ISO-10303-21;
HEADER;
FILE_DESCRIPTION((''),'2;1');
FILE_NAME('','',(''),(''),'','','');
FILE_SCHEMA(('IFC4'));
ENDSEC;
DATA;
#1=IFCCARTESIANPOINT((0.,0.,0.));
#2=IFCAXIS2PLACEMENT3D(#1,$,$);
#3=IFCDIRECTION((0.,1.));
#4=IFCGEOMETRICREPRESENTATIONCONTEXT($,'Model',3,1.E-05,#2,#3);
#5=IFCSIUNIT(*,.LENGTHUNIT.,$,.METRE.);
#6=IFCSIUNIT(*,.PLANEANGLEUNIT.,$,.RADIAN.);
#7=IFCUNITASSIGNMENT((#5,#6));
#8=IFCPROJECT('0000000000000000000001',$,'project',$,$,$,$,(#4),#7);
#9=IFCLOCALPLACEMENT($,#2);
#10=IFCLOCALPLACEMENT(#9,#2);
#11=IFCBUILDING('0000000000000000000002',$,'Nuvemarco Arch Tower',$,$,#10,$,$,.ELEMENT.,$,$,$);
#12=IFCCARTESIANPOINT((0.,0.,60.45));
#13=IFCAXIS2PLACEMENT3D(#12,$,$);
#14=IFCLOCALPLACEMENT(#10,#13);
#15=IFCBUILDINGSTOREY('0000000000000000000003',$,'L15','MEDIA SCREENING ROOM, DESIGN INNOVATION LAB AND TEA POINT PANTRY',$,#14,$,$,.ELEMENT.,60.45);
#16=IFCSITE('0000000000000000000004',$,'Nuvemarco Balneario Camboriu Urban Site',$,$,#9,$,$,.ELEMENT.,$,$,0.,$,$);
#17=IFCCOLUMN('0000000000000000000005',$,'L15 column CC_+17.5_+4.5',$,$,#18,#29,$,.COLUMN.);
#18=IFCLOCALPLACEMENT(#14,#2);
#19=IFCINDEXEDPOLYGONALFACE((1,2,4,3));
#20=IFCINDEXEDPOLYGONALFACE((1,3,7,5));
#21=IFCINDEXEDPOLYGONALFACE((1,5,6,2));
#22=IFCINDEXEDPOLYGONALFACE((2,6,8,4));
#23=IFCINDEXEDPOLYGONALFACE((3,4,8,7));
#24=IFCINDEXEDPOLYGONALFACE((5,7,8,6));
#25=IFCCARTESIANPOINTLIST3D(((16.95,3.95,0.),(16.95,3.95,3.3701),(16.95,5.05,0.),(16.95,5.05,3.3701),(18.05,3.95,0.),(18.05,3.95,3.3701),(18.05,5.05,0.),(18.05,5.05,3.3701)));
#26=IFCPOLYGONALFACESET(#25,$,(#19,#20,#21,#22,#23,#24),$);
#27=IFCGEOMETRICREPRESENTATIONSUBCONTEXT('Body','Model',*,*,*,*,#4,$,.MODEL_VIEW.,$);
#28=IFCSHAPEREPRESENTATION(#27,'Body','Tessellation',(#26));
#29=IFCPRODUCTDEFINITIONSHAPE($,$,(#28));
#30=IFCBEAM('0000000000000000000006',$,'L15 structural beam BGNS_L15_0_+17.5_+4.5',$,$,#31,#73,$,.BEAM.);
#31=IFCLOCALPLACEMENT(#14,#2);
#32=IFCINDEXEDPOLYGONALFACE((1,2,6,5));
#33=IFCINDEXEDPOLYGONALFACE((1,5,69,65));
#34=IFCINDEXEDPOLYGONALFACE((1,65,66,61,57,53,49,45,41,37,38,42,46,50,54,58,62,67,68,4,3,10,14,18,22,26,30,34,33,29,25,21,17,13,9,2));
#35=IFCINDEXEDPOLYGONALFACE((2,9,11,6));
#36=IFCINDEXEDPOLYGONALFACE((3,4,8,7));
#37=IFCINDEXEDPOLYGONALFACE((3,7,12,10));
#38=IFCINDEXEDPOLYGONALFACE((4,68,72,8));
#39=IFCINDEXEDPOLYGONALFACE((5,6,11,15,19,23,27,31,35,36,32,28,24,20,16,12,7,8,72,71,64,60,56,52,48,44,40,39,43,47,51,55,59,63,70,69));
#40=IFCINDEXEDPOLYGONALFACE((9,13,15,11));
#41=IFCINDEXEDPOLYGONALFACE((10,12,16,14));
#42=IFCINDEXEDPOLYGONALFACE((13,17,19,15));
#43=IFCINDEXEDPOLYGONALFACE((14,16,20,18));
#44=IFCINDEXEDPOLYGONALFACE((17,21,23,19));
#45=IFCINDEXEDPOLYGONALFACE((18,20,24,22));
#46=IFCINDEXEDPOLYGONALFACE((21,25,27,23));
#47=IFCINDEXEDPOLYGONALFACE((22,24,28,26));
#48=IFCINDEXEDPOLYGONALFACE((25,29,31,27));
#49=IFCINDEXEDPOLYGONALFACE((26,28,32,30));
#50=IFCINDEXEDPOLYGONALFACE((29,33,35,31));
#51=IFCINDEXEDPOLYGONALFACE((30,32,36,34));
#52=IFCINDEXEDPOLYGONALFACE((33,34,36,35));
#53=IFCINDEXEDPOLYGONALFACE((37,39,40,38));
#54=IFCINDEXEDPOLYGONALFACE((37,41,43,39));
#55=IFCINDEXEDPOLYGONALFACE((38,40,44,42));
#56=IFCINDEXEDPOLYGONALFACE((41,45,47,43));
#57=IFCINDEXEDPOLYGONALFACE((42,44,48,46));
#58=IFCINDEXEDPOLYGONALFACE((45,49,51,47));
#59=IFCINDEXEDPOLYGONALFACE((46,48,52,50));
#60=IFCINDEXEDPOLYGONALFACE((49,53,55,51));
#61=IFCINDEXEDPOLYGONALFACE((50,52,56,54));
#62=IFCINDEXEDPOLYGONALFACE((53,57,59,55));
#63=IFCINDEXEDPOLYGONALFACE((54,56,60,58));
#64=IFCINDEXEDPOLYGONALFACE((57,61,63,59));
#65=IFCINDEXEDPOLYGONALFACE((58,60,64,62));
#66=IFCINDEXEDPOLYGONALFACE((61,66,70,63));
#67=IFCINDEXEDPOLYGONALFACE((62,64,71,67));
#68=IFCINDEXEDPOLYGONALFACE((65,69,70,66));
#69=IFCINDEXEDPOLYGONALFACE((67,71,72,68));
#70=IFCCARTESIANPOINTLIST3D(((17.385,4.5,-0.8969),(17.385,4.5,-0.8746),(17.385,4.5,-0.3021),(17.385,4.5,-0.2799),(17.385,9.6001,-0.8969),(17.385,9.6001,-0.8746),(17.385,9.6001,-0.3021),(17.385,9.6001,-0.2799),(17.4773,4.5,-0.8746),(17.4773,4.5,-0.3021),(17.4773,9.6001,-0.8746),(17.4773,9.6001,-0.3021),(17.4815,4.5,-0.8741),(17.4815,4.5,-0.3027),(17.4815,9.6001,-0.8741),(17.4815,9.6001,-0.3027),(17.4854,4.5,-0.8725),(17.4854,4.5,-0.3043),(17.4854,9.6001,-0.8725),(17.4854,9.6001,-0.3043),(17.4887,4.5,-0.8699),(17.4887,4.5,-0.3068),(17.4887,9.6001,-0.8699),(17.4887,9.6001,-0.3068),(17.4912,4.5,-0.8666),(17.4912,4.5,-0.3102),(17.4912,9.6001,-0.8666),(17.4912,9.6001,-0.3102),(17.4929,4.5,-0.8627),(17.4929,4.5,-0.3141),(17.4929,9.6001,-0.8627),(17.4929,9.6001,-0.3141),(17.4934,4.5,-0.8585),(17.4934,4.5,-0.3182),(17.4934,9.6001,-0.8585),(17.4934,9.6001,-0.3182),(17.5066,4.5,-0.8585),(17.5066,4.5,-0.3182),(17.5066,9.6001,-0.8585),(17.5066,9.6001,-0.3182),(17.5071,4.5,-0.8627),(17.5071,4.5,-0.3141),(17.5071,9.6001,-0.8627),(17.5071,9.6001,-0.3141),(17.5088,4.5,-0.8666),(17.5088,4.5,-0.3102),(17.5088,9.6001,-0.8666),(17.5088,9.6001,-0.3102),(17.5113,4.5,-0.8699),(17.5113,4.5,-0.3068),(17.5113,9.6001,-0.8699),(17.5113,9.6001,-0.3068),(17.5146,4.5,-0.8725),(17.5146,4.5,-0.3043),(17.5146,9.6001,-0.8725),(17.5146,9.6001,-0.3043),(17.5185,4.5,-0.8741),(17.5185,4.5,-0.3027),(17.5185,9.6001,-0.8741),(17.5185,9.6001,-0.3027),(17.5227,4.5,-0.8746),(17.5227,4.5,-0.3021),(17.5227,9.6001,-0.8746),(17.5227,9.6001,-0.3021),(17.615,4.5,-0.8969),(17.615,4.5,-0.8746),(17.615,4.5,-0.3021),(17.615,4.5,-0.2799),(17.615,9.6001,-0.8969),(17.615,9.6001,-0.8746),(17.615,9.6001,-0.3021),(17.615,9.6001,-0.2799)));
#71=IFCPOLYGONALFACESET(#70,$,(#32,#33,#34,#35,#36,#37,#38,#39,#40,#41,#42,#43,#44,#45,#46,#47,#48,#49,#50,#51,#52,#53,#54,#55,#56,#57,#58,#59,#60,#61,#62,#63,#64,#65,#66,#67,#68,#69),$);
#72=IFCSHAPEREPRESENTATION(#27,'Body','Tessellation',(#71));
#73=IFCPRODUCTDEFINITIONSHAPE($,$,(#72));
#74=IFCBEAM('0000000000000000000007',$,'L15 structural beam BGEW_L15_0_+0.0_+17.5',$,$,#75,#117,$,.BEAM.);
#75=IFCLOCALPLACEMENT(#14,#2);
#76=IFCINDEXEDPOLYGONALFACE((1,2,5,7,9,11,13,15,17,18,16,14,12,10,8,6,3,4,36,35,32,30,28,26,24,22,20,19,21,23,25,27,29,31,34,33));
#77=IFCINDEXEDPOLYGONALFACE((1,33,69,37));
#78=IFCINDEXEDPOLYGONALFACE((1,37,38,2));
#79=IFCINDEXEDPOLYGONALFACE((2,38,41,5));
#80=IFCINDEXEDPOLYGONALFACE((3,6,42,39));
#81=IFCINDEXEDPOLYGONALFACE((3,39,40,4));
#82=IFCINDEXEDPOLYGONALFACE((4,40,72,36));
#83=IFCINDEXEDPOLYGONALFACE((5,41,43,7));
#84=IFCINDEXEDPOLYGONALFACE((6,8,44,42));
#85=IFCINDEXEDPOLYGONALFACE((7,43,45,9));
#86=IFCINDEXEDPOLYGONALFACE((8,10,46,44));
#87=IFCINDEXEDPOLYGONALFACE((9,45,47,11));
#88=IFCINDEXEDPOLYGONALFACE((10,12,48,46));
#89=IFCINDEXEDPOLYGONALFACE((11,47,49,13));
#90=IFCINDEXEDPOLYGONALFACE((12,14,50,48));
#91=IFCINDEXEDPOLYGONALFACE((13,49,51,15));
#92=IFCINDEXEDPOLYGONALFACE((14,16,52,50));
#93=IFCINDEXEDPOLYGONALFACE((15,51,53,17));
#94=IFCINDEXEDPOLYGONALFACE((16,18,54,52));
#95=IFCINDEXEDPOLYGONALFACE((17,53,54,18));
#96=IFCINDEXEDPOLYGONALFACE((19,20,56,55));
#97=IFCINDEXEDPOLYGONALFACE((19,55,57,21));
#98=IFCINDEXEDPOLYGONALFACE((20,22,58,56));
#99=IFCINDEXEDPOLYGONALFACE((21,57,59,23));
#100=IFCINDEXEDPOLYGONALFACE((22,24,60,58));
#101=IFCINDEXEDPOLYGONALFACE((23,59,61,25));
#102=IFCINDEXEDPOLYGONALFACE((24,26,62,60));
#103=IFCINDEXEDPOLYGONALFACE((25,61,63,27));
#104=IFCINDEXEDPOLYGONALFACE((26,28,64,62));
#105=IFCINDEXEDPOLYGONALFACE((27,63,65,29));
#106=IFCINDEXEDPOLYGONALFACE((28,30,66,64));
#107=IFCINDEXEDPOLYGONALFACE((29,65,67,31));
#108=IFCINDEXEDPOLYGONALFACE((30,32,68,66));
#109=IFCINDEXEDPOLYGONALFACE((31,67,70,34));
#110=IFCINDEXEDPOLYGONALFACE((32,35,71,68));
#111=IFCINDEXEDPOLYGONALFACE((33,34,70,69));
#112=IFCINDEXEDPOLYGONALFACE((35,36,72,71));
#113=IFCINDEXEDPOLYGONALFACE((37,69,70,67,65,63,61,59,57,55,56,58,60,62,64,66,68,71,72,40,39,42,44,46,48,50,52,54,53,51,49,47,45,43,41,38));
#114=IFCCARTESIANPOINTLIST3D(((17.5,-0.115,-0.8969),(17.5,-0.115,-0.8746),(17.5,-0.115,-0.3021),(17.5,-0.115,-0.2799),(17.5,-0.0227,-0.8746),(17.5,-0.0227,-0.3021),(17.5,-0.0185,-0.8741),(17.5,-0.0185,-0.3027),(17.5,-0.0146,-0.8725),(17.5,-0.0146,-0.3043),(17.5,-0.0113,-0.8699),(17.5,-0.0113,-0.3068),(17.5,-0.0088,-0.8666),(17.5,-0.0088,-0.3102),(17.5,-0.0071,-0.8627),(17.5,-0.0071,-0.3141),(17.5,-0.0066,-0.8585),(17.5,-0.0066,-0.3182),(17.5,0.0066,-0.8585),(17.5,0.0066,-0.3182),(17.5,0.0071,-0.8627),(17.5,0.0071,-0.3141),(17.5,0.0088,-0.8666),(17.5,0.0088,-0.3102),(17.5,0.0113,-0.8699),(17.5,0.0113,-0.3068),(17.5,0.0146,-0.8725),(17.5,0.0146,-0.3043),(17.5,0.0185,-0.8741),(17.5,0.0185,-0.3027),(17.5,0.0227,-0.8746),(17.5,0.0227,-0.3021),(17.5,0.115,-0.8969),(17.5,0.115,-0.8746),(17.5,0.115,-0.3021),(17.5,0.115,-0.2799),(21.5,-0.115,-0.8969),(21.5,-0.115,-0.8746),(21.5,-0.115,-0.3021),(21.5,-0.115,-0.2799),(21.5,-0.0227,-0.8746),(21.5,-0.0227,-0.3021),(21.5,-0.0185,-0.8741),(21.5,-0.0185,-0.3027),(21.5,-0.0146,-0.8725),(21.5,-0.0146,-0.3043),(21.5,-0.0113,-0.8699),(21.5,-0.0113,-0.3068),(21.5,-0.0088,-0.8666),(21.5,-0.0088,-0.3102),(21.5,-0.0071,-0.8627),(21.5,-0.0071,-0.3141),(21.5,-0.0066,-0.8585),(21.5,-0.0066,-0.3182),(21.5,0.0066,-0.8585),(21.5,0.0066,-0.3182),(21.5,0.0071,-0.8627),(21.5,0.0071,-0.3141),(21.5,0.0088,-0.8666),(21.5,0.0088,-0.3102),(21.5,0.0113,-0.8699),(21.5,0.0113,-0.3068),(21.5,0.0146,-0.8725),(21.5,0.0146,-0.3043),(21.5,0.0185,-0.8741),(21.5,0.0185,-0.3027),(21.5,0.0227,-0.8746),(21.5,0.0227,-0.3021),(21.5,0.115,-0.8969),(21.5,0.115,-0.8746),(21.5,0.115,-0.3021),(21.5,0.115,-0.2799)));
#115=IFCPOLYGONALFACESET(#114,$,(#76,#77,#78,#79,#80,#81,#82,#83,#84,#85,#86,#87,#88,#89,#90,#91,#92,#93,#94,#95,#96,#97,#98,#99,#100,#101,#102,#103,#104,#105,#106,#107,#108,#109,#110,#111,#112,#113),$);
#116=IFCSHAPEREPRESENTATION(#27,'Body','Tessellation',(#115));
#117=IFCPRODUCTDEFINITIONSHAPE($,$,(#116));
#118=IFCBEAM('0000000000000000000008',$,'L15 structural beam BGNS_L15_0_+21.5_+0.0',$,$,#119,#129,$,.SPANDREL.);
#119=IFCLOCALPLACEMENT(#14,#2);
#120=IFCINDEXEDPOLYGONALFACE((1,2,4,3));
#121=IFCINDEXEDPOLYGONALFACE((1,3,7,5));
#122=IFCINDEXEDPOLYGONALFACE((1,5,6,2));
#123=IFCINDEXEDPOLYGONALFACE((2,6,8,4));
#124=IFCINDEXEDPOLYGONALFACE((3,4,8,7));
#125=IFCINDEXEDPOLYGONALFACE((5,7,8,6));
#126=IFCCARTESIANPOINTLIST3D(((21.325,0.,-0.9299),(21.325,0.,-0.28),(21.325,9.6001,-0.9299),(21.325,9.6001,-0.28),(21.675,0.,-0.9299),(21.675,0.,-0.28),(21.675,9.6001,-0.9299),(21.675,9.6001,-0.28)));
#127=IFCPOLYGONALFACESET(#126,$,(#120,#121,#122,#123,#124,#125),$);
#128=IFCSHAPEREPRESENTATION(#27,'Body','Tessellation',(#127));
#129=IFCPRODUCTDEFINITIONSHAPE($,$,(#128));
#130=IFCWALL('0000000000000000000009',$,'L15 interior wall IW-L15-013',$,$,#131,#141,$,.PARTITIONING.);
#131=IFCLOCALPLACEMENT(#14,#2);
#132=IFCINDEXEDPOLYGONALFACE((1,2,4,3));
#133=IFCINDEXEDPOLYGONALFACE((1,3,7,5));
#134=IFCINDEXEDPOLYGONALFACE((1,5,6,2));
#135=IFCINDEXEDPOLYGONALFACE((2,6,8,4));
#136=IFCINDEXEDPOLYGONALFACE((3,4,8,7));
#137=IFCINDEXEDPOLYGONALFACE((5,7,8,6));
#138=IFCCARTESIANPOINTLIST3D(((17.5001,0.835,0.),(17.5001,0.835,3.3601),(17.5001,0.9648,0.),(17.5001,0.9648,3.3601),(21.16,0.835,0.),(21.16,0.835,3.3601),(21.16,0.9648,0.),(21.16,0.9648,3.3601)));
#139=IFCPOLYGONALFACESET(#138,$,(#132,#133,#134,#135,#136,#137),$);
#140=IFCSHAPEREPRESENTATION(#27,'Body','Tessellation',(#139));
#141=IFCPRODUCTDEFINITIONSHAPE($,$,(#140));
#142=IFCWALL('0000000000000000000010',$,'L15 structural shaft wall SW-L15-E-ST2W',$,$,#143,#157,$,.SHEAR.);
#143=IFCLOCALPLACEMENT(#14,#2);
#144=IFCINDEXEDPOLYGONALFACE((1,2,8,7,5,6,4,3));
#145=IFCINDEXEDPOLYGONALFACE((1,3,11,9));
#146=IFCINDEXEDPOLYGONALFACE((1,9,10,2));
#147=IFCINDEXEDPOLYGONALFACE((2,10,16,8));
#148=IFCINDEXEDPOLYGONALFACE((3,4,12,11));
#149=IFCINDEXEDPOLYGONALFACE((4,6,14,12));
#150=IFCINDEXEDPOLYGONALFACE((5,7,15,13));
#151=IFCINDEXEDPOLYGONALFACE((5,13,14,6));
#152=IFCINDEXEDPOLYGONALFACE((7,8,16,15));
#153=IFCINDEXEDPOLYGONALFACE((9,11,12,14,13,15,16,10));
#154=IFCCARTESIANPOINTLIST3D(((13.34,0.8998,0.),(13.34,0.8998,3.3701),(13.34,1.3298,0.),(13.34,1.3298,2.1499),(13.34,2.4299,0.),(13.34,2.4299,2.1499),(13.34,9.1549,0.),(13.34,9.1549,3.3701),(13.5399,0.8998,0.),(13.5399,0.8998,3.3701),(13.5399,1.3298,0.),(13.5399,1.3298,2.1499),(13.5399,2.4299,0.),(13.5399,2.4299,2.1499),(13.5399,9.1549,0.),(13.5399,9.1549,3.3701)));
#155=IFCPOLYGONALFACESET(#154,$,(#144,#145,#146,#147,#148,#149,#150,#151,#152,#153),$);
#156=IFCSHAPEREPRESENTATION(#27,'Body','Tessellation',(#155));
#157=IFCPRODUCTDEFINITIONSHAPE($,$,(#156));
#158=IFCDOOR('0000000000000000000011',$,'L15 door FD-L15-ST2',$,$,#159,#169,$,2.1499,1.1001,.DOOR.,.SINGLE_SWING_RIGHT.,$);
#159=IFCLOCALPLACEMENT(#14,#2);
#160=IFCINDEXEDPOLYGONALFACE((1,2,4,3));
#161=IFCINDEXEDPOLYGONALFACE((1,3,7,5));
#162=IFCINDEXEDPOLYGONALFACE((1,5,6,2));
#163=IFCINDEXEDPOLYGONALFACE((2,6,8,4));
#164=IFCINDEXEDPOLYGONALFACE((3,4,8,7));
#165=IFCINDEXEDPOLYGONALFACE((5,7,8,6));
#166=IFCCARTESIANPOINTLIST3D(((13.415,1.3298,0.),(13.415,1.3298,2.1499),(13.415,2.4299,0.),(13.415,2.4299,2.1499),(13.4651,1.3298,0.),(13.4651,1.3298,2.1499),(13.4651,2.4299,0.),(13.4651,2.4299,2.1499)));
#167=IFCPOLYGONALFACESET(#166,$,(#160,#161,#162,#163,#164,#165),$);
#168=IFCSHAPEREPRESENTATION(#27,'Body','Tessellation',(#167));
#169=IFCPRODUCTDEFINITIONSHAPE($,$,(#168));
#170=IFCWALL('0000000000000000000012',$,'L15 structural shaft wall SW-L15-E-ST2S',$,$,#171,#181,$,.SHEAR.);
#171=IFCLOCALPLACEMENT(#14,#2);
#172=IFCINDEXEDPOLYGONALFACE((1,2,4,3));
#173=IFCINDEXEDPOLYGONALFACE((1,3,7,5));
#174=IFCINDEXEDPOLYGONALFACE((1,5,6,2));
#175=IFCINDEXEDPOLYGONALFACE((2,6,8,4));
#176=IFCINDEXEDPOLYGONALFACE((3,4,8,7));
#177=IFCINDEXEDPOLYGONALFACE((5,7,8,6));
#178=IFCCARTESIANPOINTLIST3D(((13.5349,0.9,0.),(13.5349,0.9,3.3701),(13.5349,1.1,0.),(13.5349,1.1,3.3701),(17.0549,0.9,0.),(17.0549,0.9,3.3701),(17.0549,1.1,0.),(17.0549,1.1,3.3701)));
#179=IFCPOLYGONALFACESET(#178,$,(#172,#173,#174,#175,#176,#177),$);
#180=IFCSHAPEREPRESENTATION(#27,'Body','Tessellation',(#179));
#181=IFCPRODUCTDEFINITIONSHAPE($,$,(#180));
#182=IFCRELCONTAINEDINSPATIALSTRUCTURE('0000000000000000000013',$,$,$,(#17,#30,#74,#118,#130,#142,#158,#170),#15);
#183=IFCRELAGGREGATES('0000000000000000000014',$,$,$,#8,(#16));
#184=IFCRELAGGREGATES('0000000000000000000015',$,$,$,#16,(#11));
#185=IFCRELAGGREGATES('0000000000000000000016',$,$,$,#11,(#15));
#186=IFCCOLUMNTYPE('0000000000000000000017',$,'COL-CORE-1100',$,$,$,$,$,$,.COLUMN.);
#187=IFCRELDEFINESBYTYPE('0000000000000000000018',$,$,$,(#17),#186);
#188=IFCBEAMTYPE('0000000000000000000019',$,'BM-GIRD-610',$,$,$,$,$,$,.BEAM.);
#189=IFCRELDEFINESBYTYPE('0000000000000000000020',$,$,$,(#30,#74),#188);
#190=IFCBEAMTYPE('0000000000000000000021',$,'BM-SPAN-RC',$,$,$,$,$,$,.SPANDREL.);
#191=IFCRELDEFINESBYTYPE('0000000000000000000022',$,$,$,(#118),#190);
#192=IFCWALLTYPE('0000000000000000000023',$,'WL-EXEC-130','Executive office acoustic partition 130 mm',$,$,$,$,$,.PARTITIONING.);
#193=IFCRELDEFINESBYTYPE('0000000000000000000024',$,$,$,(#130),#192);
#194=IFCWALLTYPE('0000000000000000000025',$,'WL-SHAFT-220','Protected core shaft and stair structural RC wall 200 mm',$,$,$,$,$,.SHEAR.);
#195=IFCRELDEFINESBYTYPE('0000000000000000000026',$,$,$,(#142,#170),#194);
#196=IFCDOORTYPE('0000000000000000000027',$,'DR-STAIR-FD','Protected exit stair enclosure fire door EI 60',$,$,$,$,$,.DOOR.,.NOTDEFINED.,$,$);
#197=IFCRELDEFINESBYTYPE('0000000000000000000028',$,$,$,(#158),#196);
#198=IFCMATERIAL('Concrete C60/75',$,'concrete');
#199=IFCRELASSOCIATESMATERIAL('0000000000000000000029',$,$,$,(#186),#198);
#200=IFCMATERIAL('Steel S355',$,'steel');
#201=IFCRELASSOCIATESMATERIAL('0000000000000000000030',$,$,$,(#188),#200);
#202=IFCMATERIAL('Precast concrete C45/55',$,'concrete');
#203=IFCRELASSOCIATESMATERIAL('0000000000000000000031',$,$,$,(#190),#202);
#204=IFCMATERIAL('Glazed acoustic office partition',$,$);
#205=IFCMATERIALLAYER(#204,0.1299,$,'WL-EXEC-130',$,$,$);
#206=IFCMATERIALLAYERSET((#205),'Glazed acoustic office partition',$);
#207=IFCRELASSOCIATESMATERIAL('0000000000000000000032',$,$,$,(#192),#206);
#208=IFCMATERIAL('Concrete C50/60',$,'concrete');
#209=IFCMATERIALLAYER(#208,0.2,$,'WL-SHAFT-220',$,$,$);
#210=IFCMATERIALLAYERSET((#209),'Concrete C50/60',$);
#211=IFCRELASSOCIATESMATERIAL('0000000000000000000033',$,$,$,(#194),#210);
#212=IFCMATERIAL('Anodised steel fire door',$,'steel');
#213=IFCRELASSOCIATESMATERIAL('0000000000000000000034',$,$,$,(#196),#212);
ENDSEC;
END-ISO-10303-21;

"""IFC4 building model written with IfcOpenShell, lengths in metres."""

from ifc_helpers import new_model, si_unit, direction, frame, frame_2d, origin, origin_2d, place, context, subcontext, project, spatial, rectangle, i_section, extrude, source, transform, mapped, material, layer, layer_set, material_profile, profile_set, type_object, type_shapes, element, fill, save


model = new_model("IFC4")

# Units and contexts
model_context = context("Model", 3, precision=1e-05, world=origin(), true_north=direction((0.0, 1.0)))
body_context = subcontext(model_context, "Body", "Model", "MODEL_VIEW")
ifc_project = project(units=[si_unit("LENGTHUNIT", "METRE"), si_unit("PLANEANGLEUNIT", "RADIAN")], contexts=[model_context])

# Site, building, storey
site_placement = place(None, origin())
site = spatial("IfcSite", under=ifc_project, at=site_placement, Name="Nuvemarco Balneario Camboriu Urban Site", CompositionType="ELEMENT", RefElevation=0.0)
building_placement = place(site_placement, origin())
building = spatial("IfcBuilding", under=site, at=building_placement, Name="Nuvemarco Arch Tower", CompositionType="ELEMENT")
storey_placement = place(building_placement, frame((0.0, 0.0, 60.45)))
storey = spatial("IfcBuildingStorey", under=building, at=storey_placement, Name="L15", Description="MEDIA SCREENING ROOM, DESIGN INNOVATION LAB AND TEA POINT PANTRY", CompositionType="ELEMENT", Elevation=60.45)

# Column
ifc_material_1 = material(Name="Concrete C60/75", Category="concrete")
ifc_material_profile_1 = material_profile(ifc_material_1, rectangle(XDim=1.1001, YDim=1.1001, at=origin_2d()), Name="RC-COL-1100x1100")
ifc_profile_set_1 = profile_set([ifc_material_profile_1], Name="Concrete C60/75")
column_type = type_object("IfcColumnType", Name="COL-CORE-1100", PredefinedType="COLUMN", material=ifc_profile_set_1)
column_placement = place(storey_placement, frame((17.5, 4.5, 0.0), z_axis=(0.0, 0.0, 1.0), x_axis=(1.0, 0.0, 0.0)))
element("IfcColumn", 1, at=column_placement, inside=storey, type_object=column_type, Name="L15 column CC_+17.5_+4.5", PredefinedType="COLUMN", context=body_context, shape_type="SweptSolid", body=[
    extrude(rectangle(XDim=1.1001, YDim=1.1001, at=origin_2d()), origin(), (0.0, 0.0, 1.0), 3.3701),
])

# Beams
ifc_material_2 = material(Name="Steel S355", Category="steel")
ifc_material_profile_2 = material_profile(ifc_material_2, i_section(OverallWidth=0.23, OverallDepth=0.6169, WebThickness=0.0132, FlangeThickness=0.0222, FilletRadius=0.0161, at=origin_2d()), Name="W610x140")
ifc_profile_set_2 = profile_set([ifc_material_profile_2], Name="Steel S355")
beam_type_1 = type_object("IfcBeamType", Name="BM-GIRD-610", PredefinedType="BEAM", material=ifc_profile_set_2)
beam_1_placement = place(storey_placement, frame((17.5, 4.5, -0.5884), z_axis=(0.0, 1.0, 0.0), x_axis=(-1.0, 0.0, 0.0)))
element("IfcBeam", 2, at=beam_1_placement, inside=storey, type_object=beam_type_1, Name="L15 structural beam BGNS_L15_0_+17.5_+4.5", PredefinedType="BEAM", context=body_context, shape_type="SweptSolid", body=[
    extrude(i_section(OverallWidth=0.23, OverallDepth=0.6169, WebThickness=0.0132, FlangeThickness=0.0222, FilletRadius=0.0161, at=origin_2d()), origin(), (0.0, 0.0, 1.0), 5.1001),
])
beam_2_placement = place(storey_placement, frame((17.5, 0.0, -0.5884), z_axis=(1.0, 0.0, 0.0), x_axis=(0.0, 1.0, 0.0)))
element("IfcBeam", 3, at=beam_2_placement, inside=storey, type_object=beam_type_1, Name="L15 structural beam BGEW_L15_0_+0.0_+17.5", PredefinedType="BEAM", context=body_context, shape_type="SweptSolid", body=[
    extrude(i_section(OverallWidth=0.23, OverallDepth=0.6169, WebThickness=0.0132, FlangeThickness=0.0222, FilletRadius=0.0161, at=origin_2d()), origin(), (0.0, 0.0, 1.0), 4.0),
])
ifc_material_3 = material(Name="Precast concrete C45/55", Category="concrete")
ifc_material_profile_3 = material_profile(ifc_material_3, rectangle(XDim=0.3501, YDim=0.6499, at=origin_2d()), Name="PC-SP-350x650")
ifc_profile_set_3 = profile_set([ifc_material_profile_3], Name="Precast concrete C45/55")
beam_type_2 = type_object("IfcBeamType", Name="BM-SPAN-RC", PredefinedType="SPANDREL", material=ifc_profile_set_3)
beam_3_placement = place(storey_placement, frame((21.5, 0.0, -0.605), z_axis=(0.0, 1.0, 0.0), x_axis=(-1.0, 0.0, 0.0)))
element("IfcBeam", 4, at=beam_3_placement, inside=storey, type_object=beam_type_2, Name="L15 structural beam BGNS_L15_0_+21.5_+0.0", PredefinedType="SPANDREL", context=body_context, shape_type="SweptSolid", body=[
    extrude(rectangle(XDim=0.3501, YDim=0.6499, at=origin_2d()), origin(), (0.0, 0.0, 1.0), 9.6001),
])

# Wall
ifc_material_4 = material(Name="Glazed acoustic office partition")
ifc_layer_1 = layer(ifc_material_4, 0.1299, Name="WL-EXEC-130")
ifc_layer_set_1 = layer_set([ifc_layer_1], Name="Glazed acoustic office partition")
wall_type_1 = type_object("IfcWallType", Name="WL-EXEC-130", Description="Executive office acoustic partition 130 mm", PredefinedType="PARTITIONING", material=ifc_layer_set_1)
wall_1_placement = place(storey_placement, frame((17.5, 0.8999, 0.0), z_axis=(0.0, 0.0, 1.0), x_axis=(1.0, 0.0, 0.0)))
element("IfcWall", 5, at=wall_1_placement, inside=storey, type_object=wall_type_1, Name="L15 interior wall IW-L15-013", PredefinedType="PARTITIONING", context=body_context, shape_type="SweptSolid", body=[
    extrude(rectangle(XDim=3.6599, YDim=0.1299, at=frame_2d((1.8301, 0.0))), origin(), (0.0, 0.0, 1.0), 3.3601),
])

# Wall, opening, door
ifc_material_5 = material(Name="Concrete C50/60", Category="concrete")
ifc_layer_2 = layer(ifc_material_5, 0.2, Name="WL-SHAFT-220")
ifc_layer_set_2 = layer_set([ifc_layer_2], Name="Concrete C50/60")
wall_type_2 = type_object("IfcWallType", Name="WL-SHAFT-220", Description="Protected core shaft and stair structural RC wall 200 mm", PredefinedType="SHEAR", material=ifc_layer_set_2)
wall_2_placement = place(storey_placement, frame((13.4399, 0.8999, 0.0), z_axis=(0.0, 0.0, 1.0), x_axis=(0.0, 1.0, 0.0)))
wall_2 = element("IfcWall", 6, at=wall_2_placement, inside=storey, type_object=wall_type_2, Name="L15 structural shaft wall SW-L15-E-ST2W", PredefinedType="SHEAR", context=body_context, shape_type="SweptSolid", body=[
    extrude(rectangle(XDim=8.2551, YDim=0.2, at=frame_2d((4.1274, 0.0))), origin(), (0.0, 0.0, 1.0), 3.3701),
])
opening_placement = place(wall_2_placement, frame((0.4299, 0.0, 0.0)))
opening = element("IfcOpeningElement", 7, at=opening_placement, cuts=wall_2, PredefinedType="OPENING", context=body_context, shape_type="SweptSolid", body=[
    extrude(rectangle(XDim=1.1001, YDim=2.1499, at=frame_2d((0.55, 1.075))), frame((0.0, 0.1099, 0.0), z_axis=(0.0, -1.0, 0.0), x_axis=(1.0, 0.0, 0.0)), (0.0, 0.0, 1.0), 0.22),
])
ifc_material_6 = material(Name="Anodised steel fire door", Category="steel")
door_type = type_object("IfcDoorType", Name="DR-STAIR-FD", Description="Protected exit stair enclosure fire door EI 60", OperationType="NOTDEFINED", PredefinedType="DOOR", material=ifc_material_6)
shared_shape_1 = source(origin(), body_context, "Body", "SweptSolid", [
    extrude(rectangle(XDim=1.1001, YDim=2.1499, at=frame_2d((0.55, 1.075))), frame((0.0, 0.0249, 0.0), z_axis=(0.0, -1.0, 0.0), x_axis=(1.0, 0.0, 0.0)), (0.0, 0.0, 1.0), 0.05),
])
type_shapes(door_type, [shared_shape_1])
door_placement = place(opening_placement, origin())
door = element("IfcDoor", 8, at=door_placement, inside=storey, type_object=door_type, Name="L15 door FD-L15-ST2", OperationType="SINGLE_SWING_RIGHT", OverallHeight=2.1499, OverallWidth=1.1001, PredefinedType="DOOR", context=body_context, shape_type="MappedRepresentation", body=[
    mapped(shared_shape_1, transform((0.0, 0.0, 0.0), scale=1.0)),
])
fill(opening, door)

# Wall
for number, where, z_axis, x_axis, name in (
    (9, (13.5349, 1.0, 0.0), (0.0, 0.0, 1.0), (1.0, 0.0, 0.0), "L15 structural shaft wall SW-L15-E-ST2S"),
):
    element("IfcWall", number, at=place(storey_placement, frame(where, z_axis=z_axis, x_axis=x_axis)), inside=storey, type_object=wall_type_2, Name=name, PredefinedType="SHEAR", context=body_context, shape_type="SweptSolid", body=[
        extrude(rectangle(XDim=3.52, YDim=0.2, at=frame_2d((1.76, 0.0))), origin(), (0.0, 0.0, 1.0), 3.3701),
    ])

save(model, "model.ifc")
